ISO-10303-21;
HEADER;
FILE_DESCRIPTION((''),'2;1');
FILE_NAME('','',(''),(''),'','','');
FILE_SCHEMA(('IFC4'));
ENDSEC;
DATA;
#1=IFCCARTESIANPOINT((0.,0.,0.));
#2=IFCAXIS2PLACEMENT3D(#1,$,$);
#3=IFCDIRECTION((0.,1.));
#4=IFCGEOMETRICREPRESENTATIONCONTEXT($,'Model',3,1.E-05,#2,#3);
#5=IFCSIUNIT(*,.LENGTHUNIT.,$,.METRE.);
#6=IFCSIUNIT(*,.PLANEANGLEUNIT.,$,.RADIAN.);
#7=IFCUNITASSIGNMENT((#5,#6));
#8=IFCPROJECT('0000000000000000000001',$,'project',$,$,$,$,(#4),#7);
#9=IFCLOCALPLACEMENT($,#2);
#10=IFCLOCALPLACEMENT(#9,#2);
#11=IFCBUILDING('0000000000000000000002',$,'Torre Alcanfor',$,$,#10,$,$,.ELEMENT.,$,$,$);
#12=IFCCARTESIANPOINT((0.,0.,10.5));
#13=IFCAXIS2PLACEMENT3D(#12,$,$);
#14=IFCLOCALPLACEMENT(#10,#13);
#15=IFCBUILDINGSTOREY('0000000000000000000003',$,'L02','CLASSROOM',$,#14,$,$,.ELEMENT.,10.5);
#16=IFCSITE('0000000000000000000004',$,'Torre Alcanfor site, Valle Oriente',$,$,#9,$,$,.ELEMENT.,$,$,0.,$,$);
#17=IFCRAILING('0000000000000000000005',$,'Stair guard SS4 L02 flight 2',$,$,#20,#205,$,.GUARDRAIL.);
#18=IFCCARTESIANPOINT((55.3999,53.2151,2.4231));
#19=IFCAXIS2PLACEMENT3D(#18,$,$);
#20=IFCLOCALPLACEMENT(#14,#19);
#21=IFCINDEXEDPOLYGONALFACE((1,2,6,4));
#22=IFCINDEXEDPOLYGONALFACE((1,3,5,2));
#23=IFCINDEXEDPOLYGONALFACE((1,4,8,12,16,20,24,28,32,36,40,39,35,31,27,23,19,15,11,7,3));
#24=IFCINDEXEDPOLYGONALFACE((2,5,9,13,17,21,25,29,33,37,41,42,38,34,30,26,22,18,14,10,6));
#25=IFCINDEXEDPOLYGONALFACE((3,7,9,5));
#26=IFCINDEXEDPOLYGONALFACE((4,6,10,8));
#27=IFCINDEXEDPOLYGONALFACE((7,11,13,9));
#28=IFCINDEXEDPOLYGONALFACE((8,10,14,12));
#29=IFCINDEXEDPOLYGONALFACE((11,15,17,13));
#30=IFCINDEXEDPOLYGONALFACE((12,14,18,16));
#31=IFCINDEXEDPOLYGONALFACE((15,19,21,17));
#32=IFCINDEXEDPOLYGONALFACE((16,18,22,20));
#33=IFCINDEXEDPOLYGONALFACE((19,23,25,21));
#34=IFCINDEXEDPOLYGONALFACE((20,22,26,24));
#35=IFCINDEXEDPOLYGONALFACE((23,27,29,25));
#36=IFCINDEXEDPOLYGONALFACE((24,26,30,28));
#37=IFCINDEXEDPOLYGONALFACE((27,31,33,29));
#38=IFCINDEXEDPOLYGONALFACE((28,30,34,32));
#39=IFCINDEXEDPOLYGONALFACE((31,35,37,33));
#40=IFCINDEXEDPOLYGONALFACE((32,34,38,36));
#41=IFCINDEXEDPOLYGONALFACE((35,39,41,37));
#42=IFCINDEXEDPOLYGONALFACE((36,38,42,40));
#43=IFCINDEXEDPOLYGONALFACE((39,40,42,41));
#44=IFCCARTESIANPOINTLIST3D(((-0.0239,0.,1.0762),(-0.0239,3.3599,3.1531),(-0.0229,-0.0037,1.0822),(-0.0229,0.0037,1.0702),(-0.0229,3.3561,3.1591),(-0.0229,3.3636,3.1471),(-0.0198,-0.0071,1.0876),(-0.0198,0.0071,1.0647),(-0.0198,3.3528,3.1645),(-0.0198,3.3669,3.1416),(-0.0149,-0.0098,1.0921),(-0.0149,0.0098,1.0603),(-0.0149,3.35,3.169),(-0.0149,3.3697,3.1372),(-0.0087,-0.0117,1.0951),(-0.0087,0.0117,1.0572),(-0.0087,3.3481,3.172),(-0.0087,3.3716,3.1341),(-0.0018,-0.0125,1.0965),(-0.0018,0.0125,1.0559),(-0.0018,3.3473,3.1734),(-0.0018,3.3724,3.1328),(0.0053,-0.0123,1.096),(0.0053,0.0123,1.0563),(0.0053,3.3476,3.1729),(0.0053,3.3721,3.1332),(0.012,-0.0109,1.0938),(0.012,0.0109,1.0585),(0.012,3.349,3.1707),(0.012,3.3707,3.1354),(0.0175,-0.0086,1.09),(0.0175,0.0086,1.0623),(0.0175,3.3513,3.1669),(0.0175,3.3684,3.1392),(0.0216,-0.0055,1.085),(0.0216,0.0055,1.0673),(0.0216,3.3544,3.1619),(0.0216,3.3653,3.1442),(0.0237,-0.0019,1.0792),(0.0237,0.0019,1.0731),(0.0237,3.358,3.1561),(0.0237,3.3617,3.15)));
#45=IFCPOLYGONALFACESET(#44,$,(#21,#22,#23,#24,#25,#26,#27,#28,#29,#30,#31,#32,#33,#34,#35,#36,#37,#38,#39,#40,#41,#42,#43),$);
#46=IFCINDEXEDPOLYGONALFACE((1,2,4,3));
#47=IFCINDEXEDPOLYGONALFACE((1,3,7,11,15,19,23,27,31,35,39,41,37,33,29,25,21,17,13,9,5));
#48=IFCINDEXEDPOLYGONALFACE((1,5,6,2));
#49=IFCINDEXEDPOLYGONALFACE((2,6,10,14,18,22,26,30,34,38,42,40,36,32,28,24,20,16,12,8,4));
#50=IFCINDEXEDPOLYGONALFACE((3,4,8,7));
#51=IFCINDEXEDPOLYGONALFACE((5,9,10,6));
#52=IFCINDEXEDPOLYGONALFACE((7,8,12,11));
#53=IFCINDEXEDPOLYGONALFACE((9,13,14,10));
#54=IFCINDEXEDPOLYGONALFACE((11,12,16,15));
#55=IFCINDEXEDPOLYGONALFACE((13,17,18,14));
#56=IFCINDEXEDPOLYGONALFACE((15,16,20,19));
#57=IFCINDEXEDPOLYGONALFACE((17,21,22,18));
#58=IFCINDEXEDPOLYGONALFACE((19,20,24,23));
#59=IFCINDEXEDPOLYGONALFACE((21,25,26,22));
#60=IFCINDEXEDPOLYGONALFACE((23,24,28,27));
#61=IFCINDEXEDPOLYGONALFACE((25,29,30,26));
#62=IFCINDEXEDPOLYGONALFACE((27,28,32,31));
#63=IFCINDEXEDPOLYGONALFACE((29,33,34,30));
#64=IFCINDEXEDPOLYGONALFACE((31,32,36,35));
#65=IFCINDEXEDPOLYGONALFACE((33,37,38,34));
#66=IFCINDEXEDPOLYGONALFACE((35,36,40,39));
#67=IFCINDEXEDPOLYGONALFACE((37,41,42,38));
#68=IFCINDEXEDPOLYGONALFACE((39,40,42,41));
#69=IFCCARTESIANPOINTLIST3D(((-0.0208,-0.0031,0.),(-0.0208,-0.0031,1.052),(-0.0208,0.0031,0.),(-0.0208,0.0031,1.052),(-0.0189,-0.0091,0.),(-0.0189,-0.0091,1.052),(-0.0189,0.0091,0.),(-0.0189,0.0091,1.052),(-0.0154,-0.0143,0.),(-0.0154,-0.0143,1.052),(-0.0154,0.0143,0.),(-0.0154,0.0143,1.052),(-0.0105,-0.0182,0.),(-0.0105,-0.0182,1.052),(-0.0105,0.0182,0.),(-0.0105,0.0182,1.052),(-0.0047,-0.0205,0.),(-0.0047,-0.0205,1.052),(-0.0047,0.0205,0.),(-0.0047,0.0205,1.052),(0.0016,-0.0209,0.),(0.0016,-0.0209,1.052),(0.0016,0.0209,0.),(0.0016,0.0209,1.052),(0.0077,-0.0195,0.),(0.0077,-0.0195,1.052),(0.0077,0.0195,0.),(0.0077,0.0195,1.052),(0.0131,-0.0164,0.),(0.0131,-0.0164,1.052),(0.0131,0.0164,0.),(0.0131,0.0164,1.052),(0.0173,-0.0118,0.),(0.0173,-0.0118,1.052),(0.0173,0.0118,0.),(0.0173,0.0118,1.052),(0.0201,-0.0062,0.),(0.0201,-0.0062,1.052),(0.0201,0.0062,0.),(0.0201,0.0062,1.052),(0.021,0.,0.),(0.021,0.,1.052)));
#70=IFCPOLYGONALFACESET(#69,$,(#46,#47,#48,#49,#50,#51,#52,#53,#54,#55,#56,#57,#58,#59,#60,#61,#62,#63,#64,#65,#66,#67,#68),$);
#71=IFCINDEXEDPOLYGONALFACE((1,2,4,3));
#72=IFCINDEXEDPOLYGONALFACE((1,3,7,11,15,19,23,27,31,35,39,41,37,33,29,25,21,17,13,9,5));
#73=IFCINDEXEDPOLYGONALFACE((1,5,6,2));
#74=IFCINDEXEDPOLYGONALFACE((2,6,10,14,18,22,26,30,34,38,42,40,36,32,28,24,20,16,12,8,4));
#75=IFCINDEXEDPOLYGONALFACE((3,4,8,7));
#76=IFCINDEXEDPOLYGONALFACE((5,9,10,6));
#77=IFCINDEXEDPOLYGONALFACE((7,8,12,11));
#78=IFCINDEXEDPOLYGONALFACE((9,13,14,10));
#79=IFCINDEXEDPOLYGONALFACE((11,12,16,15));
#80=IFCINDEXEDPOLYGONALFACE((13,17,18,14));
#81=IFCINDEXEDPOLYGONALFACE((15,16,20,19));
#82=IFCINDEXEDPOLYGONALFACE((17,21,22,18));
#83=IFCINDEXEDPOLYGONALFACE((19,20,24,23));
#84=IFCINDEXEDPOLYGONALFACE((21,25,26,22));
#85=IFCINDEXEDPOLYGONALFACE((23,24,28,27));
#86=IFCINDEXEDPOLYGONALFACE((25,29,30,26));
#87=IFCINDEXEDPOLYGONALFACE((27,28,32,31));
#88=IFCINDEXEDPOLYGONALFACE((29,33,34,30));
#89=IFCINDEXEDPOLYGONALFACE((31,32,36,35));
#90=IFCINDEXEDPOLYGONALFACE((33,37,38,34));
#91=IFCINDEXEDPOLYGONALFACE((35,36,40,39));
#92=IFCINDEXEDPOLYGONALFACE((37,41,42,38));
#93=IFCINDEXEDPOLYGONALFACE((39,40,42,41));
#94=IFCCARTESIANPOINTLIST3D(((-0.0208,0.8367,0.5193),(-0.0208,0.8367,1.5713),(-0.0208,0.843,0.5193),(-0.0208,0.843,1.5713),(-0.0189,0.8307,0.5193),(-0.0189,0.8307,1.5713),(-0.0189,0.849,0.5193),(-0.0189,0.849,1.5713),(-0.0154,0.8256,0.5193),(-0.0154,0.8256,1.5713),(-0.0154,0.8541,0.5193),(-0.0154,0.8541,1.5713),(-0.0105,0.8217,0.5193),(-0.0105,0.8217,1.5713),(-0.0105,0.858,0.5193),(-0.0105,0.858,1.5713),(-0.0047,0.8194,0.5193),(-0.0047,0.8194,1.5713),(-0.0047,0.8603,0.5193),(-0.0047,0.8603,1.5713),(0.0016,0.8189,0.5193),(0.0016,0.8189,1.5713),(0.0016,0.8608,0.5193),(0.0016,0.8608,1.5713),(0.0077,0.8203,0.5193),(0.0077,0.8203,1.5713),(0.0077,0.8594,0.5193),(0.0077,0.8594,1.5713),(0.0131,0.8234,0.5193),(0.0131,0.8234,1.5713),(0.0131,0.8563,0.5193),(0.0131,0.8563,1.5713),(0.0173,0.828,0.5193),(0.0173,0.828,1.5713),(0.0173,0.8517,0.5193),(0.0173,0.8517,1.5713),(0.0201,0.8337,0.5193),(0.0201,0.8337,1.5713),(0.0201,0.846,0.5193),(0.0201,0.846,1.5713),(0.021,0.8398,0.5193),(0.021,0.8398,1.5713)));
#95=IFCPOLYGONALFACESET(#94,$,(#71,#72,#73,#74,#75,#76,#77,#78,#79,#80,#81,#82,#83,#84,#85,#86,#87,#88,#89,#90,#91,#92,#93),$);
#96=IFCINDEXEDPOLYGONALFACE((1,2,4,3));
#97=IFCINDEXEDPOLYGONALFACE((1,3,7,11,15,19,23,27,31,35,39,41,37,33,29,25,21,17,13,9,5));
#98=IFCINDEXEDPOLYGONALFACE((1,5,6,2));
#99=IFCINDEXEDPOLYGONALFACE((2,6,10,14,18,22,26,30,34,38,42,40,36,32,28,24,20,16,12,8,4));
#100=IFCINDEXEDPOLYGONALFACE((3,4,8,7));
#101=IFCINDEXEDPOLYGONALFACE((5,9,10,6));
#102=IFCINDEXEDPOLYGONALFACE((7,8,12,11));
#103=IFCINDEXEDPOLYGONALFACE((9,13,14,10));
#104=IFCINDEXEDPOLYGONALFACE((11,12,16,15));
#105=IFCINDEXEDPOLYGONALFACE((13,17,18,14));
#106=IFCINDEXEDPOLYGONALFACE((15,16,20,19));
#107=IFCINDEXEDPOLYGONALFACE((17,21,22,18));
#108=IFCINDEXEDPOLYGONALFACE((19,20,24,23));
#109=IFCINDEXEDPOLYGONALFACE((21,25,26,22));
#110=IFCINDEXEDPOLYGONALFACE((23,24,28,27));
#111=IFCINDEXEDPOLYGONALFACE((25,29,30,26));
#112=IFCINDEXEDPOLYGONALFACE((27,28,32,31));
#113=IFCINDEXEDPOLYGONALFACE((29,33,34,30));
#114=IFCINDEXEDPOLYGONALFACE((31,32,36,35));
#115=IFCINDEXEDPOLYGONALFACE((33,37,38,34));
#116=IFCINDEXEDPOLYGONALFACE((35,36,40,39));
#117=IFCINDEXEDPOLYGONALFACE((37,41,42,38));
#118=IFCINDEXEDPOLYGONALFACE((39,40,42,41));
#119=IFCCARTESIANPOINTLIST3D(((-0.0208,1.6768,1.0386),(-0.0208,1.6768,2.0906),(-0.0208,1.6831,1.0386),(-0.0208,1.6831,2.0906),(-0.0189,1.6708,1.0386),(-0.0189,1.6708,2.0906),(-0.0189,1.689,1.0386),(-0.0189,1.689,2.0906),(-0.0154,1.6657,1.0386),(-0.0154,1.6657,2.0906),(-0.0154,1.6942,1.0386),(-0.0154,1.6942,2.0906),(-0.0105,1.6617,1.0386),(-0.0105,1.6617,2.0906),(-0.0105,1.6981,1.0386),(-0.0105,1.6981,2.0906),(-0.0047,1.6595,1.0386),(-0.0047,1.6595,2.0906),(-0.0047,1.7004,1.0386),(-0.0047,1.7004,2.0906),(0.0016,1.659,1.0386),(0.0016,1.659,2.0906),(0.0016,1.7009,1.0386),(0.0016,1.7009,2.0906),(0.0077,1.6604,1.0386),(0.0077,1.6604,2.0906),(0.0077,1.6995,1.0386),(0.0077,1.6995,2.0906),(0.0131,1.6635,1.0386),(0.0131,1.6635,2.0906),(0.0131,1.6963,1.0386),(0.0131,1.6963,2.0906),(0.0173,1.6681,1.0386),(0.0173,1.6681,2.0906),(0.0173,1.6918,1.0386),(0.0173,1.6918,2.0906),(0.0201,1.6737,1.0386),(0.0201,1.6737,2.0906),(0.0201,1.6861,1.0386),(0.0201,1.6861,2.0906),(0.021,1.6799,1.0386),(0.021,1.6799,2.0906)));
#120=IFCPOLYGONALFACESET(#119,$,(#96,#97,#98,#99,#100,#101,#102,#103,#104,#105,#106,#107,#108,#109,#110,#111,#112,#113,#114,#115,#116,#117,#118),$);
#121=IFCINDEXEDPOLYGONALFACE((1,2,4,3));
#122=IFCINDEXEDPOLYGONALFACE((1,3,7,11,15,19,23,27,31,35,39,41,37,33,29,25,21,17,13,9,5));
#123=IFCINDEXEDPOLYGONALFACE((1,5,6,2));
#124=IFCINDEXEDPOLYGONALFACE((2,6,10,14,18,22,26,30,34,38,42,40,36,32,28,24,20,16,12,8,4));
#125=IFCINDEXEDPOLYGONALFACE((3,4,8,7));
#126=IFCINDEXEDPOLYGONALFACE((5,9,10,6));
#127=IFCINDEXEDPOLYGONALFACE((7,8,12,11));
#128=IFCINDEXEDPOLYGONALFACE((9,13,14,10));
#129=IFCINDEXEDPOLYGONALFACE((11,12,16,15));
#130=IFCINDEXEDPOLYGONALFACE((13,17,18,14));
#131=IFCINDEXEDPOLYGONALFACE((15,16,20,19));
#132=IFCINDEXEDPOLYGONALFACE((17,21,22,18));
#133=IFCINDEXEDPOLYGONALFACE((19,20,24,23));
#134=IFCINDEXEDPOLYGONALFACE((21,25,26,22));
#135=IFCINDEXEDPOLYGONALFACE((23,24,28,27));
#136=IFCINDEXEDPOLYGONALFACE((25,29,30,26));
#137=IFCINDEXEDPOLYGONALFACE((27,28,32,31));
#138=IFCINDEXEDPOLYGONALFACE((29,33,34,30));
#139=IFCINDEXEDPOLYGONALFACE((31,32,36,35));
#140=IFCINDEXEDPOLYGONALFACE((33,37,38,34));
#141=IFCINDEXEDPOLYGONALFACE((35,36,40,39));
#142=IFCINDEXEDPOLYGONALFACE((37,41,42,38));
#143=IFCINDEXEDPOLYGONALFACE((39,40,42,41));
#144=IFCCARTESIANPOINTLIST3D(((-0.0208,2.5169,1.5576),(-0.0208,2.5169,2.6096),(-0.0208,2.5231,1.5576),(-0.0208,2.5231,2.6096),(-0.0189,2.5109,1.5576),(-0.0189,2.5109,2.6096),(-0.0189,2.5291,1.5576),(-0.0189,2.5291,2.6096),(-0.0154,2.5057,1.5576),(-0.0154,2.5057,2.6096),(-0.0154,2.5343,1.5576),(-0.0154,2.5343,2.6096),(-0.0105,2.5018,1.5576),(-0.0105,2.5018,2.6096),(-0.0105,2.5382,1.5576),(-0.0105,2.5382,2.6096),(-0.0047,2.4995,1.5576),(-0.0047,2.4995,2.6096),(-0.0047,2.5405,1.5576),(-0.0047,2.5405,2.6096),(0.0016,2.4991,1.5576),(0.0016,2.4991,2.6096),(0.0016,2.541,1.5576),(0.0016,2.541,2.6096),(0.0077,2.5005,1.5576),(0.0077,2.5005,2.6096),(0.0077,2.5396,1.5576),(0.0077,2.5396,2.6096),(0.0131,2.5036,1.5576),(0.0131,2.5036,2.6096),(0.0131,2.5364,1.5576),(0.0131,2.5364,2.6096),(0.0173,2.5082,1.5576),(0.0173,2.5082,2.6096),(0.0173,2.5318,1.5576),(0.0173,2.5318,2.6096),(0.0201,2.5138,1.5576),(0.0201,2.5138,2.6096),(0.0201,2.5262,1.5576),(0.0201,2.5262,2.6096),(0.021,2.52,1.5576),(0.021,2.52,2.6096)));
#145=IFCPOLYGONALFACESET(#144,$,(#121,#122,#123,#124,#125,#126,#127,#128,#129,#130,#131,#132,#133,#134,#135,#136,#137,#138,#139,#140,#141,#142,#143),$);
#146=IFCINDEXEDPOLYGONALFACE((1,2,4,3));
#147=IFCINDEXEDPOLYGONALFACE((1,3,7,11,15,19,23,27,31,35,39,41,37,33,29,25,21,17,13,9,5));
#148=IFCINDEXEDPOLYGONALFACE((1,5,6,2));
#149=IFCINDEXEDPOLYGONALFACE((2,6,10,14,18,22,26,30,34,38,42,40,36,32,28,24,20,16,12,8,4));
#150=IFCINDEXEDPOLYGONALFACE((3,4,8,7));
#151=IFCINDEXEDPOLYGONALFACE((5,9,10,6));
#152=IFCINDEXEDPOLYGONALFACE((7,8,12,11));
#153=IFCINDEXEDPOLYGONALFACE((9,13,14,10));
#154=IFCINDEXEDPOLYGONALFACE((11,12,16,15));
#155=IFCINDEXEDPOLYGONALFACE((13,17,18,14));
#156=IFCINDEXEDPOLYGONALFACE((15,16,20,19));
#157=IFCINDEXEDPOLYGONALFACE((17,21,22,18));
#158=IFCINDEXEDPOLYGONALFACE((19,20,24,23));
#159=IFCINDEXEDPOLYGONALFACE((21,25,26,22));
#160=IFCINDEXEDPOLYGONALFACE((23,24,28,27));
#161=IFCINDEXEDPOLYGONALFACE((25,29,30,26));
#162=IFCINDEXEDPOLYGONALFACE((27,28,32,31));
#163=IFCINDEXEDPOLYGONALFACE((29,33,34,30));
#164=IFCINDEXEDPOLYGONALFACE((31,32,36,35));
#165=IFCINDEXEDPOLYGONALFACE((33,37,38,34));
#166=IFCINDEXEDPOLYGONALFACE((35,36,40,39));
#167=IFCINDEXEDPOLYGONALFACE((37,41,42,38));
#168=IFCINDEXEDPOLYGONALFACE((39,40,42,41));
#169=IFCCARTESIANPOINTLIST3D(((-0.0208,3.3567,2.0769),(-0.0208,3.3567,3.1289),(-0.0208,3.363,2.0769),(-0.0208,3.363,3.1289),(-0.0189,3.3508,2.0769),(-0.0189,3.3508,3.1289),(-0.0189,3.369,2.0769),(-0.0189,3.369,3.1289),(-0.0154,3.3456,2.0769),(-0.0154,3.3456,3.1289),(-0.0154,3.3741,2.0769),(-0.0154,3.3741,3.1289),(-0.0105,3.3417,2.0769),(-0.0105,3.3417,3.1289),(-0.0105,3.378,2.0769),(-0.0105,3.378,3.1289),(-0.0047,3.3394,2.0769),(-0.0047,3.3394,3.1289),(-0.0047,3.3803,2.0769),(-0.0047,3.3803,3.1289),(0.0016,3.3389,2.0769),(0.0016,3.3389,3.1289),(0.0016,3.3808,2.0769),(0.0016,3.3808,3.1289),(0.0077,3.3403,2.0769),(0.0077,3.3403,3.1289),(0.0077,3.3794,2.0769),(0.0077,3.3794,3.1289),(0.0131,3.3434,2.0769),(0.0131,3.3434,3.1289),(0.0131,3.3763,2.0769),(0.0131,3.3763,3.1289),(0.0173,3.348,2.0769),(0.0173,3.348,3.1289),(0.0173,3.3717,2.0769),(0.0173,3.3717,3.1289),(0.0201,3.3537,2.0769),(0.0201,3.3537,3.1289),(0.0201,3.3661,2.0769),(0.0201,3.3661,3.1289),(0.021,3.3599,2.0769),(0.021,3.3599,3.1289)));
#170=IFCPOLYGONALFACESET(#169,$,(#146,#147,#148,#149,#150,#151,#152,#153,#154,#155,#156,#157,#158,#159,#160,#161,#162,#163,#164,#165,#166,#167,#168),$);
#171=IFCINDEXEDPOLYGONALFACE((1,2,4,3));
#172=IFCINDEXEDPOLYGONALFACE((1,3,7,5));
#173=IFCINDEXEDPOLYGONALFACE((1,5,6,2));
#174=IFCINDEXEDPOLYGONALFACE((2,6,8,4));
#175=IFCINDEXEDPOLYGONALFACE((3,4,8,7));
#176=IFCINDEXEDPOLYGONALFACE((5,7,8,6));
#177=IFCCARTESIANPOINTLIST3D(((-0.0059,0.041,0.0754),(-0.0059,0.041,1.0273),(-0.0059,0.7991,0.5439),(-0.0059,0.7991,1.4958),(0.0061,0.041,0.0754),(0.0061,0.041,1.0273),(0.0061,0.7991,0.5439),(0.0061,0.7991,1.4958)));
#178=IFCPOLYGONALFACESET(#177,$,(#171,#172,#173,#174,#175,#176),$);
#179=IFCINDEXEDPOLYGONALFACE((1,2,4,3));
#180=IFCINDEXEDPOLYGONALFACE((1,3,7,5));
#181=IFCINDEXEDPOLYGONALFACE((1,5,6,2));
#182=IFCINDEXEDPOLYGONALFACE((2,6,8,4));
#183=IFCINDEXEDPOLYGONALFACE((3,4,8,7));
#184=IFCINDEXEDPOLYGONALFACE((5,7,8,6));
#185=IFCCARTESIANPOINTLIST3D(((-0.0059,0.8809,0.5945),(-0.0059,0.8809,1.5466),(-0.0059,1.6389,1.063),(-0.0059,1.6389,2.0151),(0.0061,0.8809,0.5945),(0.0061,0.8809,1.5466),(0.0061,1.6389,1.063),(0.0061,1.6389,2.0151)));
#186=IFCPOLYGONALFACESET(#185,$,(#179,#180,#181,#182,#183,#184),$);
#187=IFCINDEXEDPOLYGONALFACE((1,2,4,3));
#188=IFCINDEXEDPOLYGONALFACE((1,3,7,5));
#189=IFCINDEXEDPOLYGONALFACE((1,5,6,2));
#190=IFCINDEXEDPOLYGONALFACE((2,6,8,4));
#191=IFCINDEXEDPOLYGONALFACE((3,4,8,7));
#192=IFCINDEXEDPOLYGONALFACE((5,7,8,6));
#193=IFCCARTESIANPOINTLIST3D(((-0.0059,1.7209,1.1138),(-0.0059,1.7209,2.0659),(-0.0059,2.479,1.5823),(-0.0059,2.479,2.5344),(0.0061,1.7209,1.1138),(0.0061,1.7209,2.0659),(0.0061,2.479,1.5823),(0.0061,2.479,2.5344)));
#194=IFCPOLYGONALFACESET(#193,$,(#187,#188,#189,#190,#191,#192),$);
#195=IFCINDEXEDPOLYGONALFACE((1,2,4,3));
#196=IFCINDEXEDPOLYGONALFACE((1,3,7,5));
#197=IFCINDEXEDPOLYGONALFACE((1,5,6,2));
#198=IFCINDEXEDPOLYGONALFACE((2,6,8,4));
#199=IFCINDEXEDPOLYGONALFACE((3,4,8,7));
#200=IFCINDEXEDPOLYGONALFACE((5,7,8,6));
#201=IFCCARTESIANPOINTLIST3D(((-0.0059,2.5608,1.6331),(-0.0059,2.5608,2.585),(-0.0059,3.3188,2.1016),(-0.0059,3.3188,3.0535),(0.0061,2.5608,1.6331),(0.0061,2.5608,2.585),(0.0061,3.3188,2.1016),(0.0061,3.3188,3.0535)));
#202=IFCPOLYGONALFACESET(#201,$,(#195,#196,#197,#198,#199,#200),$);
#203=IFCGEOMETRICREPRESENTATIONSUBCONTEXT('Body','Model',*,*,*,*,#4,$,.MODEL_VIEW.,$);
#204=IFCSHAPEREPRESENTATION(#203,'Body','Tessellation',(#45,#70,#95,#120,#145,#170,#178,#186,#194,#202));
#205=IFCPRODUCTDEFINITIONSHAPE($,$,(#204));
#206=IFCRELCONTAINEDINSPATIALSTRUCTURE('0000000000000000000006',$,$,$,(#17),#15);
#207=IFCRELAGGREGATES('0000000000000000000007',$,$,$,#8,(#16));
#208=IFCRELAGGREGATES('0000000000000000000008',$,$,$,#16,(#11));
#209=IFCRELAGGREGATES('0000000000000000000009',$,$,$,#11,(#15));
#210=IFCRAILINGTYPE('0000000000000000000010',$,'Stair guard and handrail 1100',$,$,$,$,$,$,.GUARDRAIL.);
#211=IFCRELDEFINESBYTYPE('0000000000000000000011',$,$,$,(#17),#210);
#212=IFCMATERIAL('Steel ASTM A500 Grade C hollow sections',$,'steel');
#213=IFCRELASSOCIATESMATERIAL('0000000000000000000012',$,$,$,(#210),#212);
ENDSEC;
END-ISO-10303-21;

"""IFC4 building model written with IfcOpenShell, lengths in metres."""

from ifc_helpers import new_model, si_unit, direction, frame, origin, origin_2d, place, context, subcontext, project, spatial, polyline, circle, outline, extrude, material, type_object, element, save


model = new_model("IFC4")

# Units and contexts
model_context = context("Model", 3, precision=1e-05, world=origin(), true_north=direction((0.0, 1.0)))
body_context = subcontext(model_context, "Body", "Model", "MODEL_VIEW")
ifc_project = project(units=[si_unit("LENGTHUNIT", "METRE"), si_unit("PLANEANGLEUNIT", "RADIAN")], contexts=[model_context])

# Site, building, storey
site_placement = place(None, origin())
site = spatial("IfcSite", under=ifc_project, at=site_placement, Name="Torre Alcanfor site, Valle Oriente", CompositionType="ELEMENT", RefElevation=0.0)
building_placement = place(site_placement, origin())
building = spatial("IfcBuilding", under=site, at=building_placement, Name="Torre Alcanfor", CompositionType="ELEMENT")
storey_placement = place(building_placement, frame((0.0, 0.0, 10.5)))
storey = spatial("IfcBuildingStorey", under=building, at=storey_placement, Name="L02", Description="CLASSROOM", CompositionType="ELEMENT", Elevation=10.5)

# Railing
ifc_material_1 = material(Name="Steel ASTM A500 Grade C hollow sections", Category="steel")
railing_type_1 = type_object("IfcRailingType", Name="Stair guard and handrail 1100", PredefinedType="GUARDRAIL", material=ifc_material_1)
railing_1_placement = place(storey_placement, frame((55.3999, 53.2151, 2.4231)))
element("IfcRailing", 1, at=railing_1_placement, inside=storey, type_object=railing_type_1, Name="Stair guard SS4 L02 flight 2", PredefinedType="GUARDRAIL", context=body_context, shape_type="SweptSolid", body=[
    extrude(circle(Radius=0.0239, at=origin_2d()), frame((0.0, 0.0, 1.0762), z_axis=(0.0, 0.850606, 0.525803), x_axis=(-1.0, 0.0, 0.0)), (0.0, 0.0, 1.0), 3.95),
    extrude(circle(Radius=0.021, at=origin_2d()), origin(), (0.0, 0.0, 1.0), 1.052),
    extrude(circle(Radius=0.021, at=origin_2d()), frame((0.0, 0.8398, 0.5193)), (0.0, 0.0, 1.0), 1.052),
    extrude(circle(Radius=0.021, at=origin_2d()), frame((0.0, 1.6799, 1.0386)), (0.0, 0.0, 1.0), 1.052),
    extrude(circle(Radius=0.021, at=origin_2d()), frame((0.0, 2.52, 1.5576)), (0.0, 0.0, 1.0), 1.052),
    extrude(circle(Radius=0.021, at=origin_2d()), frame((0.0, 3.3599, 2.0769)), (0.0, 0.0, 1.0), 1.052),
    extrude(outline(polyline([(0.041, 0.0754), (0.7991, 0.5439), (0.7991, 1.4958), (0.041, 1.0273), (0.041, 0.0754)])), frame((-0.0059, 0.0, 0.0), z_axis=(1.0, 0.0, 0.0), x_axis=(0.0, 1.0, 0.0)), (0.0, 0.0, 1.0), 0.012),
    extrude(outline(polyline([(0.8809, 0.5945), (1.6389, 1.063), (1.6389, 2.0151), (0.8809, 1.5466), (0.8809, 0.5945)])), frame((-0.0059, 0.0, 0.0), z_axis=(1.0, 0.0, 0.0), x_axis=(0.0, 1.0, 0.0)), (0.0, 0.0, 1.0), 0.012),
    extrude(outline(polyline([(1.7209, 1.1138), (2.479, 1.5823), (2.479, 2.5344), (1.7209, 2.0659), (1.7209, 1.1138)])), frame((-0.0059, 0.0, 0.0), z_axis=(1.0, 0.0, 0.0), x_axis=(0.0, 1.0, 0.0)), (0.0, 0.0, 1.0), 0.012),
    extrude(outline(polyline([(2.5608, 1.6331), (3.3188, 2.1016), (3.3188, 3.0535), (2.5608, 2.585), (2.5608, 1.6331)])), frame((-0.0059, 0.0, 0.0), z_axis=(1.0, 0.0, 0.0), x_axis=(0.0, 1.0, 0.0)), (0.0, 0.0, 1.0), 0.012),
])

save(model, "model.ifc")
